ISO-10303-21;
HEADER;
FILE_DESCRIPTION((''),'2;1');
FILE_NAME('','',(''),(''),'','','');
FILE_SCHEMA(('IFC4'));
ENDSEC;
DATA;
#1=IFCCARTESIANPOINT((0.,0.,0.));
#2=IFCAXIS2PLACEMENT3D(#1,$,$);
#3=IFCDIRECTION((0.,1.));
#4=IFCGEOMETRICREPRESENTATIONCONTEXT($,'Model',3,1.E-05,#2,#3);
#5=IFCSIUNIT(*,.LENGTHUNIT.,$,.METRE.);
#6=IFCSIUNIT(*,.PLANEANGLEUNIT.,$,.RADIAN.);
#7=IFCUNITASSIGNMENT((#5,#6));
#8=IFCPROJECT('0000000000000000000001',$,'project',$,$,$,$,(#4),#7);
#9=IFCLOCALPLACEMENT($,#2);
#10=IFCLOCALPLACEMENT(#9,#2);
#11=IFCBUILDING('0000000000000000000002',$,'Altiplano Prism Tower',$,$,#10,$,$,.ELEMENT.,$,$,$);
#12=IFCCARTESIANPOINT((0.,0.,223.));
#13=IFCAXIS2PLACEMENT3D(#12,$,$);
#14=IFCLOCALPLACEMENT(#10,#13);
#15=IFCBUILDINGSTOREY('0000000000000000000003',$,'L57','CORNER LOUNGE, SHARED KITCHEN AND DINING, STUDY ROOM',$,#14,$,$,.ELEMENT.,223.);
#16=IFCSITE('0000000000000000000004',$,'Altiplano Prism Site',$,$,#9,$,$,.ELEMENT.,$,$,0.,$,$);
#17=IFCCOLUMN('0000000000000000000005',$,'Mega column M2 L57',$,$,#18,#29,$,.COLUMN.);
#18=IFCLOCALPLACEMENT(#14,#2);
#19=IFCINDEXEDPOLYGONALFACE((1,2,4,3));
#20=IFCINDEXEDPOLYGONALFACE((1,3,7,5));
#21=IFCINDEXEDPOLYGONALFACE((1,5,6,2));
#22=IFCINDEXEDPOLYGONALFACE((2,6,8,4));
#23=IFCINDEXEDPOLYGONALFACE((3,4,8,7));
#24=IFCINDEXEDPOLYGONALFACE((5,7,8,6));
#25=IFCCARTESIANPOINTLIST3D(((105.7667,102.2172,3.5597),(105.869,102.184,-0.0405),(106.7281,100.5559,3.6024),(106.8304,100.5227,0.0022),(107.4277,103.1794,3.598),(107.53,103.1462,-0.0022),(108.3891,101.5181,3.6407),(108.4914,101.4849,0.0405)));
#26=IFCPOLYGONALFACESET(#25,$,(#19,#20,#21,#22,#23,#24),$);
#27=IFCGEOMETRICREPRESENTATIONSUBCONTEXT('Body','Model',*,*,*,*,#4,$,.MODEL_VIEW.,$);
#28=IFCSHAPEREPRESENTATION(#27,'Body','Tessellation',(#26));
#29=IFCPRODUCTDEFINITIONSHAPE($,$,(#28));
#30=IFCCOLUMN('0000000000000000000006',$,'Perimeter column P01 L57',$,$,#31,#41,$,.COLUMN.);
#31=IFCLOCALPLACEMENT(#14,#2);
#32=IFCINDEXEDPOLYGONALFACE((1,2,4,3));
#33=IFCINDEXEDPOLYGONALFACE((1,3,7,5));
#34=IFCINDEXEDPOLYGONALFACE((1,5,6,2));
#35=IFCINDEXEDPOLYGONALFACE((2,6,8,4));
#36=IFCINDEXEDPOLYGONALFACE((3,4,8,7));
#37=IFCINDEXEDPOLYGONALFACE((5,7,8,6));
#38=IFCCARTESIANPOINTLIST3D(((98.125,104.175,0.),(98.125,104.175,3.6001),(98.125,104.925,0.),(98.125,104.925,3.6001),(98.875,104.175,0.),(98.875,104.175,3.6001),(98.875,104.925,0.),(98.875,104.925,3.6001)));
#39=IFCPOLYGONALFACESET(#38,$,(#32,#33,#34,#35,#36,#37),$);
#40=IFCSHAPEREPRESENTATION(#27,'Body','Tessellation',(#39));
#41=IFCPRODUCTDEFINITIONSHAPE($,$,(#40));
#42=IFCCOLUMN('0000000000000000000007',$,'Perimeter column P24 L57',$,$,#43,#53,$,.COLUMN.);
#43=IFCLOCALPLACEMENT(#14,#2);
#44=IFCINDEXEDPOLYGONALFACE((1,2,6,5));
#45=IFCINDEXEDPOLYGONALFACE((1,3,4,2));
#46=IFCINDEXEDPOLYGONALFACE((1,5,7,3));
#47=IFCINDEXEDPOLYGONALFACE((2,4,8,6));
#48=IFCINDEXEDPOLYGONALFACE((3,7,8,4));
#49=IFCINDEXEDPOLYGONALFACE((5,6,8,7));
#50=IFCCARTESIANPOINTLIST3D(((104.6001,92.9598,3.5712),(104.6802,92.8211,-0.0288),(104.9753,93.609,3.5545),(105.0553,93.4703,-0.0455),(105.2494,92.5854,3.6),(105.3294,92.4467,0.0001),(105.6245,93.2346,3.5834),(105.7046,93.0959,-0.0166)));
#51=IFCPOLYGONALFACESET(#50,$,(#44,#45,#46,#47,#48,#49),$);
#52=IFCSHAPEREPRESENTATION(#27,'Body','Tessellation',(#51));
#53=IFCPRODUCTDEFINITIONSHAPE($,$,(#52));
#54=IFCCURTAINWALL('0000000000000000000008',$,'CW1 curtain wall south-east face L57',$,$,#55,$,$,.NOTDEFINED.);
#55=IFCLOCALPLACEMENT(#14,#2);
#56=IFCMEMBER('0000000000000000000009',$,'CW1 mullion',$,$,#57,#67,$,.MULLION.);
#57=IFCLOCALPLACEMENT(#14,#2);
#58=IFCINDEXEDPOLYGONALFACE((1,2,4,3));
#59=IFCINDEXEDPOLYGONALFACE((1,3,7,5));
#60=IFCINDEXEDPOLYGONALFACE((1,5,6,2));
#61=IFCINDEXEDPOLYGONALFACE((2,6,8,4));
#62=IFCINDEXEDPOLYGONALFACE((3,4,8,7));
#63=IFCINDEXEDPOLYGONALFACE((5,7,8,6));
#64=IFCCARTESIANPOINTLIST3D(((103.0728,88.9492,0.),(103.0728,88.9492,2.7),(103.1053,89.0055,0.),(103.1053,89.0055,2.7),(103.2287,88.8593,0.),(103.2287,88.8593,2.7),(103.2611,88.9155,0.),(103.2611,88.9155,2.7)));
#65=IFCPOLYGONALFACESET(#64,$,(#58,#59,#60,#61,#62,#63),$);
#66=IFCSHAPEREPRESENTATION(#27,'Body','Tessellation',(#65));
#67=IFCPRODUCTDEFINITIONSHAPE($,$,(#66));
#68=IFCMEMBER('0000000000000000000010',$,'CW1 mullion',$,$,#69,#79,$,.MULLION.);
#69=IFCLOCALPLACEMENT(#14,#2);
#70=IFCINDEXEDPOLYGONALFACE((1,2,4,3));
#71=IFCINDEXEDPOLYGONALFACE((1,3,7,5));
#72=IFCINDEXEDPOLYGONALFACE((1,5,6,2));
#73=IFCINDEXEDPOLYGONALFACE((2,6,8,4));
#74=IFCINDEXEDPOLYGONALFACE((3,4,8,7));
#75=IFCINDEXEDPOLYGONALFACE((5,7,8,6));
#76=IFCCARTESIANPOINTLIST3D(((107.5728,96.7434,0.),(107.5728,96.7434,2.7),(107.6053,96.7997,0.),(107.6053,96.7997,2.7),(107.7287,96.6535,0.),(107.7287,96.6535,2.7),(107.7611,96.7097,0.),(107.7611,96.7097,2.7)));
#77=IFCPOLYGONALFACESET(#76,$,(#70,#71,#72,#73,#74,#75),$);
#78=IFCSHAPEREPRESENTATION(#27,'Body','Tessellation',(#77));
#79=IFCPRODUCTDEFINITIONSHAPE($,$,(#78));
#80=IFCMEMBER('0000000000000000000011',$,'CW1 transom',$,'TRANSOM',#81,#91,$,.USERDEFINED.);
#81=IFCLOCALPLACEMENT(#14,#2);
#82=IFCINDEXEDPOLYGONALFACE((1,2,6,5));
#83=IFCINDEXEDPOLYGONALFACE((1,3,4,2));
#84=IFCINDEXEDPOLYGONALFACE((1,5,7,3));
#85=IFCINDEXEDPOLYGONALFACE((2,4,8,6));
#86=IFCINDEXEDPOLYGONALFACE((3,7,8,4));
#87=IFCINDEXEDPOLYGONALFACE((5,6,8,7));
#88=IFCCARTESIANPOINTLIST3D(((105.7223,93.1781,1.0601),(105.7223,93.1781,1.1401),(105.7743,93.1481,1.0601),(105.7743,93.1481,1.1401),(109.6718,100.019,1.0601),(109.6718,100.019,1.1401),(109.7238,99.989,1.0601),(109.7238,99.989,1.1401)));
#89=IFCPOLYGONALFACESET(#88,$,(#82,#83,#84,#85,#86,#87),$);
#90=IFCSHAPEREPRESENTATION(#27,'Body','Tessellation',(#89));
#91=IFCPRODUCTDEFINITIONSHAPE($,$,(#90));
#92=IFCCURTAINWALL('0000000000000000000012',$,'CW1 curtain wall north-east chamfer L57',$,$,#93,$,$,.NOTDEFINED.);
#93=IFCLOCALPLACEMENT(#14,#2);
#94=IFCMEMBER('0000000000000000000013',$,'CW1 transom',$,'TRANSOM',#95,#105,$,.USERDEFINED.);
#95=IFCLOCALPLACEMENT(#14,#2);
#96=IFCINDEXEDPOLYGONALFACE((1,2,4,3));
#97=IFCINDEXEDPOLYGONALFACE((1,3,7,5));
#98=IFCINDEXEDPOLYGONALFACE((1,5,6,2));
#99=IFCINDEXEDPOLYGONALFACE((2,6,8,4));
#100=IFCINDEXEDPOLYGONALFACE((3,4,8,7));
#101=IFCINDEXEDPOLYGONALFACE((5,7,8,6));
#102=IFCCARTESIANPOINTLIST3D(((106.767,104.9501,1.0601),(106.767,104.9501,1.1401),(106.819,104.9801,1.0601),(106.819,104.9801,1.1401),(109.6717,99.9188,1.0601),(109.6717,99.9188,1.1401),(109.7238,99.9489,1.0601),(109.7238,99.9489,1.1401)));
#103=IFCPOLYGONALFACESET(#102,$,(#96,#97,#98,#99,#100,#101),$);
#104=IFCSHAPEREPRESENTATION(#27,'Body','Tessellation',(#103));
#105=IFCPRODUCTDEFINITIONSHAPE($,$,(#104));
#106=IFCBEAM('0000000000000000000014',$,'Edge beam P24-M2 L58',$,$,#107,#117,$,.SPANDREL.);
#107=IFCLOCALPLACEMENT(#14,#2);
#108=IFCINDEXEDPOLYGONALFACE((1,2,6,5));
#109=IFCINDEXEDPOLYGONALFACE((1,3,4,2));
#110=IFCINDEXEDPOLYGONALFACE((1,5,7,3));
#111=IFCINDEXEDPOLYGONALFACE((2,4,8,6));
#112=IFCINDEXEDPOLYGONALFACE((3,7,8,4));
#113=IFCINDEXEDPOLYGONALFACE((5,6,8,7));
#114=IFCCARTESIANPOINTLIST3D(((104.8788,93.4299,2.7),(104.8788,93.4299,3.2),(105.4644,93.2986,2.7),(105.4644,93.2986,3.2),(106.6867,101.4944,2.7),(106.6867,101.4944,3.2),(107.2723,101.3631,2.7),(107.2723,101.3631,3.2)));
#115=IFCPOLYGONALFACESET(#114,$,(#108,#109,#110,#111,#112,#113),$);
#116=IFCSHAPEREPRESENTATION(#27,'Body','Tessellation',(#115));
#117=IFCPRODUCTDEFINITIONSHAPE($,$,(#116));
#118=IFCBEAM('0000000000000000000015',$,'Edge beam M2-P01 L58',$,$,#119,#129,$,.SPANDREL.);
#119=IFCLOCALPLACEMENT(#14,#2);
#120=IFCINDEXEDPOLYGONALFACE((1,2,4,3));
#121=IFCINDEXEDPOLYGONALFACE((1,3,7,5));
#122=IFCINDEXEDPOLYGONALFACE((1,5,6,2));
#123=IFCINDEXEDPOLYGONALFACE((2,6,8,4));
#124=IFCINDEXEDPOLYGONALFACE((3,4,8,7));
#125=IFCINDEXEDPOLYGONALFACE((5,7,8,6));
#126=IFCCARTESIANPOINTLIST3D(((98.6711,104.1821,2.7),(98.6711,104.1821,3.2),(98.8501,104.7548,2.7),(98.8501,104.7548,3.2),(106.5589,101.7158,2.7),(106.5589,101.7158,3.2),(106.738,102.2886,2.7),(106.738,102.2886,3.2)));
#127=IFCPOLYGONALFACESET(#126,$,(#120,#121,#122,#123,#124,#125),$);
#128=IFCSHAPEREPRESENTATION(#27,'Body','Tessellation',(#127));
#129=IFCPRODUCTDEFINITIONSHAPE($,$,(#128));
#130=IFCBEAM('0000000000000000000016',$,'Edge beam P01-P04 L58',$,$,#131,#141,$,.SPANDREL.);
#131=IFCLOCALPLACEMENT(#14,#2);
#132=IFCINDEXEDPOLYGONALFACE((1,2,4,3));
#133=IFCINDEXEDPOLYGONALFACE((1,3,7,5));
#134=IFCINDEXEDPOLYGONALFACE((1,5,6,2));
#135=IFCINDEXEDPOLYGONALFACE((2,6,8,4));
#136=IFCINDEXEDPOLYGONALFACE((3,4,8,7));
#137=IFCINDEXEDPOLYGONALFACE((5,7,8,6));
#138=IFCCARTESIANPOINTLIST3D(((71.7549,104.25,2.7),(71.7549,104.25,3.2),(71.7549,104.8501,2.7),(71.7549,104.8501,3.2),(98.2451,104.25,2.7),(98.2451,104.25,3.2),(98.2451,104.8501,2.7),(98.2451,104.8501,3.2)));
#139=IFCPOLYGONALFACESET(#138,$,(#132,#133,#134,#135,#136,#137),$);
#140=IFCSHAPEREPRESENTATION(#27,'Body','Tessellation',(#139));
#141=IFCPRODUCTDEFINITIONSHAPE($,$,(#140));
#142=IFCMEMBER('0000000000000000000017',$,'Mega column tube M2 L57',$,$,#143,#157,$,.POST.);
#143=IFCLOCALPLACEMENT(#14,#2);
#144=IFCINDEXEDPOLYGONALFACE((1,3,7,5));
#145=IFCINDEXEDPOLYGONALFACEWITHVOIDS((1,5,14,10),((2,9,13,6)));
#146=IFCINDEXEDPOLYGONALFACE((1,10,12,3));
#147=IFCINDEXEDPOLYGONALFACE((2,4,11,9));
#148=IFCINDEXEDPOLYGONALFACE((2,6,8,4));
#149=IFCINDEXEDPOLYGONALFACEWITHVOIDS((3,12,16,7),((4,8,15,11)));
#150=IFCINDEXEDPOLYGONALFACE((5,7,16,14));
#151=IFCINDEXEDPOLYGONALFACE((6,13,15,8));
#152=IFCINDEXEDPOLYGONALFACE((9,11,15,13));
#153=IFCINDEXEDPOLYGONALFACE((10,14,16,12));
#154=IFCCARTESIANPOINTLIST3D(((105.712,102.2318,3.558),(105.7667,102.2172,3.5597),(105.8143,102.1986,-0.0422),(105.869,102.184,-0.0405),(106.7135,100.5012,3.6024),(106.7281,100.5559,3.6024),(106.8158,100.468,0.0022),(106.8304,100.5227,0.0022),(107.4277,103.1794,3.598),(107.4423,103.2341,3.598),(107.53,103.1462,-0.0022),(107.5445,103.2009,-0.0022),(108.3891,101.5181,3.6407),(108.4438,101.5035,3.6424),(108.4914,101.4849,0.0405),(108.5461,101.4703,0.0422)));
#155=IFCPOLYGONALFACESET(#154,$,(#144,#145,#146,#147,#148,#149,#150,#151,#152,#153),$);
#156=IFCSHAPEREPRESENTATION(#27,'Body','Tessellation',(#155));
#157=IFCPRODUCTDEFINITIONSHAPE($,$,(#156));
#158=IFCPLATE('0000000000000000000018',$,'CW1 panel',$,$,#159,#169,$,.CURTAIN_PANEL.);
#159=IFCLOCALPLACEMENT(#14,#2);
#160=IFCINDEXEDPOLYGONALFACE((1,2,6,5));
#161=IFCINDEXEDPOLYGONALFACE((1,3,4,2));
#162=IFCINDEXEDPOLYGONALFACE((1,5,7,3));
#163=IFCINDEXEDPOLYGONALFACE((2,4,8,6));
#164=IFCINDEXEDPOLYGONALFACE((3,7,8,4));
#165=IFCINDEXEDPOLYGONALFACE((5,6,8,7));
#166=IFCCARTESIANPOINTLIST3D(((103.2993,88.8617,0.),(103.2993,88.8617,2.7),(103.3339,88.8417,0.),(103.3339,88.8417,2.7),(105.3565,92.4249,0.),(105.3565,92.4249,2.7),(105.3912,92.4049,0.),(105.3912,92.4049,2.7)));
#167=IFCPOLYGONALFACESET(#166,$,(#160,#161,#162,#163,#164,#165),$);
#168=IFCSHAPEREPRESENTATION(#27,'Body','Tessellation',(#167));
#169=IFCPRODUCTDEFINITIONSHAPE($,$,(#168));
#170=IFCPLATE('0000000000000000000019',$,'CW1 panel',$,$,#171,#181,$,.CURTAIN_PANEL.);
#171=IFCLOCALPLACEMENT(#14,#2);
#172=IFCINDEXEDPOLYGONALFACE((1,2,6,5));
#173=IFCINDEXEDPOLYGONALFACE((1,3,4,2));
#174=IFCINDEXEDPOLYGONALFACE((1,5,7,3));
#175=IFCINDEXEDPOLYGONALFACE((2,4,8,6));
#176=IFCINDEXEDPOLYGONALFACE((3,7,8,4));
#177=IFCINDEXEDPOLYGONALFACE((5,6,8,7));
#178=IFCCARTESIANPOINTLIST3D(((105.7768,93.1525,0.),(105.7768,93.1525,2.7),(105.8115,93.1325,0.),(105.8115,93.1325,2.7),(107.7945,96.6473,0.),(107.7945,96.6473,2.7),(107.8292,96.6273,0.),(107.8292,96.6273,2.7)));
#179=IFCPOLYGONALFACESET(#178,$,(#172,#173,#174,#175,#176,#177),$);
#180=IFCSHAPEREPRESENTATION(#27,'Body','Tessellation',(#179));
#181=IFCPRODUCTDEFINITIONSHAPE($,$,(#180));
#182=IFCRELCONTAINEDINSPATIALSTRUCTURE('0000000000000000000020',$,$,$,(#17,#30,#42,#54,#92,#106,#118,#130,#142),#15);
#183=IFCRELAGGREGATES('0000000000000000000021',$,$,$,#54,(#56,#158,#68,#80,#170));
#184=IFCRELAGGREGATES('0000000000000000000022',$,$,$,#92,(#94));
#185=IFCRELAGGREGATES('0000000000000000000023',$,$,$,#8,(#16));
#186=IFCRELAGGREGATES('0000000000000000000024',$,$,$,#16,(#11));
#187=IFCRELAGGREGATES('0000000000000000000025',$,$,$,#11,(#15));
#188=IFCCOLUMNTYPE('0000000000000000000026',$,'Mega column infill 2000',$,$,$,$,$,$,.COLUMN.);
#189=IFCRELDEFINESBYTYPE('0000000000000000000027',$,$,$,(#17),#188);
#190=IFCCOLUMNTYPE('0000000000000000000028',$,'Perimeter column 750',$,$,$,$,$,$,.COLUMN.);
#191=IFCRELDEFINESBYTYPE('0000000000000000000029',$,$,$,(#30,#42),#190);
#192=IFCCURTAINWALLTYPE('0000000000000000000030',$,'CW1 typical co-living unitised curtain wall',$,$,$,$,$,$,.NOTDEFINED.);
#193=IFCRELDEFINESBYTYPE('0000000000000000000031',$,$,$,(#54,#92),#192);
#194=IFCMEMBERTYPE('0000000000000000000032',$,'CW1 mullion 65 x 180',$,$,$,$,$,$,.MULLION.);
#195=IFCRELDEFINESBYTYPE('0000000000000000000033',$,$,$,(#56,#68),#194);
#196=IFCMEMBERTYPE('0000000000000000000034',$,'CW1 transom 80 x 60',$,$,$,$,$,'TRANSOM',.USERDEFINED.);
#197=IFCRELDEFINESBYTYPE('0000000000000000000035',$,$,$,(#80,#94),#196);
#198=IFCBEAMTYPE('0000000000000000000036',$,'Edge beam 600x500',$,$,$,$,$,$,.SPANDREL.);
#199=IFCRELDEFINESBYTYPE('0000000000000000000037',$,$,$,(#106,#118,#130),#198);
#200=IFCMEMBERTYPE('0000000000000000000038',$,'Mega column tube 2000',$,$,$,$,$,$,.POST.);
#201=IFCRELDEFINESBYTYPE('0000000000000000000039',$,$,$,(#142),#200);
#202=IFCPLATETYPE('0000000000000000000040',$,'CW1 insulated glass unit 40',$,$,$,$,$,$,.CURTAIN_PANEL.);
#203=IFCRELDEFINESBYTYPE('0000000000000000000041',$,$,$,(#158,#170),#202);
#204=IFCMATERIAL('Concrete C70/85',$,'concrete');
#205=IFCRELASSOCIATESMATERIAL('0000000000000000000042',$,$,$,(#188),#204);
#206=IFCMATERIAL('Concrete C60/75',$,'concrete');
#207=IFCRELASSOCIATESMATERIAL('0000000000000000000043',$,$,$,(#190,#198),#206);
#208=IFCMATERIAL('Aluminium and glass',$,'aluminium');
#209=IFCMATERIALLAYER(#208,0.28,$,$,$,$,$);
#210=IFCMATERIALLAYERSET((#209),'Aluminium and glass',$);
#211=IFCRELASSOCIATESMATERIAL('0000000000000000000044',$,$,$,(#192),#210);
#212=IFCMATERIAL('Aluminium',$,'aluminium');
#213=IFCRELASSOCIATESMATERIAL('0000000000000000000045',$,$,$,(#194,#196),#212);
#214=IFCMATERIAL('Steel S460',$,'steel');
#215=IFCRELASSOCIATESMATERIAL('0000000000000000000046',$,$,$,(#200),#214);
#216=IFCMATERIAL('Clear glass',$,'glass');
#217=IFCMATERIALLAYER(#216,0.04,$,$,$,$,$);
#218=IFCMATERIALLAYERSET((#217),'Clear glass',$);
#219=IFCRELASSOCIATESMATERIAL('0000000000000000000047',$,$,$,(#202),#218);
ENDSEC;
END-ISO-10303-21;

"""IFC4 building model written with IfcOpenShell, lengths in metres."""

from ifc_helpers import new_model, si_unit, direction, frame, origin, origin_2d, place, context, subcontext, project, spatial, rectangle, hollow_rectangle, extrude, material, layer, layer_set, material_profile, profile_set, type_object, element, aggregate, save


model = new_model("IFC4")

# Units and contexts
model_context = context("Model", 3, precision=1e-05, world=origin(), true_north=direction((0.0, 1.0)))
body_context = subcontext(model_context, "Body", "Model", "MODEL_VIEW")
ifc_project = project(units=[si_unit("LENGTHUNIT", "METRE"), si_unit("PLANEANGLEUNIT", "RADIAN")], contexts=[model_context])

# Site, building, storey
site_placement = place(None, origin())
site = spatial("IfcSite", under=ifc_project, at=site_placement, Name="Altiplano Prism Site", CompositionType="ELEMENT", RefElevation=0.0)
building_placement = place(site_placement, origin())
building = spatial("IfcBuilding", under=site, at=building_placement, Name="Altiplano Prism Tower", CompositionType="ELEMENT")
storey_placement = place(building_placement, frame((0.0, 0.0, 223.0)))
storey = spatial("IfcBuildingStorey", under=building, at=storey_placement, Name="L57", Description="CORNER LOUNGE, SHARED KITCHEN AND DINING, STUDY ROOM", CompositionType="ELEMENT", Elevation=223.0)

# Columns
ifc_material_1 = material(Name="Concrete C70/85", Category="concrete")
ifc_material_profile_1 = material_profile(ifc_material_1, rectangle(XDim=1.9199, YDim=1.9199, at=origin_2d()), Name="Mega column infill 2000")
ifc_profile_set_1 = profile_set([ifc_material_profile_1], Name="Concrete C70/85")
column_type_1 = type_object("IfcColumnType", Name="Mega column infill 2000", PredefinedType="COLUMN", material=ifc_profile_set_1)
column_1_placement = place(storey_placement, frame((107.1802, 101.8345, 0.0), z_axis=(-0.028402, 0.009219, 0.999554), x_axis=(0.500752, -0.865306, 0.022209)))
element("IfcColumn", 1, at=column_1_placement, inside=storey, type_object=column_type_1, Name="Mega column M2 L57", PredefinedType="COLUMN", context=body_context, shape_type="SweptSolid", body=[
    extrude(rectangle(XDim=1.9199, YDim=1.9199, at=origin_2d()), origin(), (0.0, 0.0, 1.0), 3.6018),
])
ifc_material_2 = material(Name="Concrete C60/75", Category="concrete")
ifc_material_profile_2 = material_profile(ifc_material_2, rectangle(XDim=0.75, YDim=0.75, at=origin_2d()), Name="Perimeter column 750")
ifc_profile_set_2 = profile_set([ifc_material_profile_2], Name="Concrete C60/75")
column_type_2 = type_object("IfcColumnType", Name="Perimeter column 750", PredefinedType="COLUMN", material=ifc_profile_set_2)
column_2_placement = place(storey_placement, frame((98.5, 104.55, 0.0), z_axis=(0.0, 0.0, 1.0), x_axis=(1.0, 0.0, 0.0)))
element("IfcColumn", 2, at=column_2_placement, inside=storey, type_object=column_type_2, Name="Perimeter column P01 L57", PredefinedType="COLUMN", context=body_context, shape_type="SweptSolid", body=[
    extrude(rectangle(XDim=0.75, YDim=0.75, at=origin_2d()), origin(), (0.0, 0.0, 1.0), 3.6001),
])
column_3_placement = place(storey_placement, frame((105.1924, 92.9585, -0.0227), z_axis=(-0.022223, 0.038483, 0.999012), x_axis=(-0.500173, -0.865641, 0.02222)))
element("IfcColumn", 3, at=column_3_placement, inside=storey, type_object=column_type_2, Name="Perimeter column P24 L57", PredefinedType="COLUMN", context=body_context, shape_type="SweptSolid", body=[
    extrude(rectangle(XDim=0.75, YDim=0.75, at=origin_2d()), origin(), (0.0, 0.0, 1.0), 3.6035),
])

# Curtain wall, members
ifc_material_3 = material(Name="Aluminium and glass", Category="aluminium")
ifc_layer_1 = layer(ifc_material_3, 0.28)
ifc_layer_set_1 = layer_set([ifc_layer_1], Name="Aluminium and glass")
curtain_wall_type = type_object("IfcCurtainWallType", Name="CW1 typical co-living unitised curtain wall", PredefinedType="NOTDEFINED", material=ifc_layer_set_1)
curtain_wall_1_placement = place(storey_placement, origin())
curtain_wall_1 = element("IfcCurtainWall", 4, at=curtain_wall_1_placement, inside=storey, type_object=curtain_wall_type, Name="CW1 curtain wall south-east face L57", PredefinedType="NOTDEFINED")
ifc_material_4 = material(Name="Aluminium", Category="aluminium")
ifc_material_profile_3 = material_profile(ifc_material_4, rectangle(XDim=0.1799, YDim=0.0649, at=origin_2d()), Name="CW1 mullion 65 x 180")
ifc_profile_set_3 = profile_set([ifc_material_profile_3], Name="Aluminium")
member_type_1 = type_object("IfcMemberType", Name="CW1 mullion 65 x 180", PredefinedType="MULLION", material=ifc_profile_set_3)
member_1_placement = place(storey_placement, frame((103.167, 88.9324, 0.0), z_axis=(0.0, 0.0, 1.0), x_axis=(-0.866025, 0.5, 0.0)))
member_1 = element("IfcMember", 5, at=member_1_placement, type_object=member_type_1, Name="CW1 mullion", PredefinedType="MULLION", context=body_context, shape_type="SweptSolid", body=[
    extrude(rectangle(XDim=0.1799, YDim=0.0649, at=origin_2d()), origin(), (0.0, 0.0, 1.0), 2.7),
])
member_2_placement = place(storey_placement, frame((107.667, 96.7266, 0.0), z_axis=(0.0, 0.0, 1.0), x_axis=(-0.866025, 0.5, 0.0)))
member_2 = element("IfcMember", 6, at=member_2_placement, type_object=member_type_1, Name="CW1 mullion", PredefinedType="MULLION", context=body_context, shape_type="SweptSolid", body=[
    extrude(rectangle(XDim=0.1799, YDim=0.0649, at=origin_2d()), origin(), (0.0, 0.0, 1.0), 2.7),
])
ifc_material_profile_4 = material_profile(ifc_material_4, rectangle(XDim=0.0601, YDim=0.0801, at=origin_2d()), Name="CW1 transom 80 x 60")
ifc_profile_set_4 = profile_set([ifc_material_profile_4], Name="Aluminium")
member_type_2 = type_object("IfcMemberType", Name="CW1 transom 80 x 60", ElementType="TRANSOM", PredefinedType="USERDEFINED", material=ifc_profile_set_4)
member_3_placement = place(storey_placement, frame((105.7483, 93.1631, 1.1001), z_axis=(0.499992, 0.86603, 0.0), x_axis=(-0.86603, 0.499992, 0.0)))
member_3 = element("IfcMember", 7, at=member_3_placement, type_object=member_type_2, Name="CW1 transom", ObjectType="TRANSOM", PredefinedType="USERDEFINED", context=body_context, shape_type="SweptSolid", body=[
    extrude(rectangle(XDim=0.0601, YDim=0.0801, at=origin_2d()), origin(), (0.0, 0.0, 1.0), 7.8992),
])

# Curtain wall, member
curtain_wall_2_placement = place(storey_placement, origin())
curtain_wall_2 = element("IfcCurtainWall", 8, at=curtain_wall_2_placement, inside=storey, type_object=curtain_wall_type, Name="CW1 curtain wall north-east chamfer L57", PredefinedType="NOTDEFINED")
member_4_placement = place(storey_placement, frame((109.6978, 99.9338, 1.1001), z_axis=(-0.499999, 0.866026, 0.0), x_axis=(-0.866026, -0.499999, 0.0)))
member_4 = element("IfcMember", 9, at=member_4_placement, type_object=member_type_2, Name="CW1 transom", ObjectType="TRANSOM", PredefinedType="USERDEFINED", context=body_context, shape_type="SweptSolid", body=[
    extrude(rectangle(XDim=0.0601, YDim=0.0801, at=origin_2d()), origin(), (0.0, 0.0, 1.0), 5.8096),
])

# Beams
ifc_material_profile_5 = material_profile(ifc_material_2, rectangle(XDim=0.6001, YDim=0.5, at=origin_2d()), Name="Edge beam 600x500")
ifc_profile_set_5 = profile_set([ifc_material_profile_5], Name="Concrete C60/75")
beam_type = type_object("IfcBeamType", Name="Edge beam 600x500", PredefinedType="SPANDREL", material=ifc_profile_set_5)
beam_1_placement = place(storey_placement, frame((105.1716, 93.3643, 2.95), z_axis=(0.218747, 0.975782, 0.0), x_axis=(-0.975782, 0.218747, 0.0)))
element("IfcBeam", 10, at=beam_1_placement, inside=storey, type_object=beam_type, Name="Edge beam P24-M2 L58", PredefinedType="SPANDREL", context=body_context, shape_type="SweptSolid", body=[
    extrude(rectangle(XDim=0.6001, YDim=0.5, at=origin_2d()), origin(), (0.0, 0.0, 1.0), 8.2646),
])
beam_2_placement = place(storey_placement, frame((106.6484, 102.0022, 2.95), z_axis=(-0.954434, 0.298421, 0.0), x_axis=(-0.298421, -0.954434, 0.0)))
element("IfcBeam", 11, at=beam_2_placement, inside=storey, type_object=beam_type, Name="Edge beam M2-P01 L58", PredefinedType="SPANDREL", context=body_context, shape_type="SweptSolid", body=[
    extrude(rectangle(XDim=0.6001, YDim=0.5, at=origin_2d()), origin(), (0.0, 0.0, 1.0), 8.2644),
])
beam_3_placement = place(storey_placement, frame((98.2451, 104.55, 2.95), z_axis=(-1.0, 0.0, 0.0), x_axis=(0.0, -1.0, 0.0)))
element("IfcBeam", 12, at=beam_3_placement, inside=storey, type_object=beam_type, Name="Edge beam P01-P04 L58", PredefinedType="SPANDREL", context=body_context, shape_type="SweptSolid", body=[
    extrude(rectangle(XDim=0.6001, YDim=0.5, at=origin_2d()), origin(), (0.0, 0.0, 1.0), 26.4902),
])

# Member
ifc_material_5 = material(Name="Steel S460", Category="steel")
ifc_material_profile_6 = material_profile(ifc_material_5, hollow_rectangle(XDim=2.0, YDim=2.0, WallThickness=0.04, at=origin_2d()), Name="Mega column tube 2000")
ifc_profile_set_6 = profile_set([ifc_material_profile_6], Name="Steel S460")
member_type_3 = type_object("IfcMemberType", Name="Mega column tube 2000", PredefinedType="POST", material=ifc_profile_set_6)
member_5_placement = place(storey_placement, frame((107.1802, 101.8345, 0.0), z_axis=(-0.028402, 0.009219, 0.999554), x_axis=(0.500752, -0.865306, 0.022209)))
element("IfcMember", 13, at=member_5_placement, inside=storey, type_object=member_type_3, Name="Mega column tube M2 L57", PredefinedType="POST", context=body_context, shape_type="SweptSolid", body=[
    extrude(hollow_rectangle(XDim=2.0, YDim=2.0, WallThickness=0.04, at=origin_2d()), origin(), (0.0, 0.0, 1.0), 3.6018),
])

# Plates
ifc_material_6 = material(Name="Clear glass", Category="glass")
ifc_layer_2 = layer(ifc_material_6, 0.04)
ifc_layer_set_2 = layer_set([ifc_layer_2], Name="Clear glass")
plate_type = type_object("IfcPlateType", Name="CW1 insulated glass unit 40", PredefinedType="CURTAIN_PANEL", material=ifc_layer_set_2)
plate_1_placement = place(storey_placement, frame((104.3452, 90.6333, 0.0), z_axis=(0.0, 0.0, 1.0), x_axis=(0.5, 0.866025, 0.0)))
plate_1 = element("IfcPlate", 14, at=plate_1_placement, type_object=plate_type, Name="CW1 panel", PredefinedType="CURTAIN_PANEL", context=body_context, shape_type="SweptSolid", body=[
    extrude(rectangle(XDim=4.1145, YDim=0.04, at=origin_2d()), origin(), (0.0, 0.0, 1.0), 2.7),
])
plate_2_placement = place(storey_placement, frame((106.803, 94.8899, 0.0), z_axis=(0.0, 0.0, 1.0), x_axis=(0.5, 0.866025, 0.0)))
plate_2 = element("IfcPlate", 15, at=plate_2_placement, type_object=plate_type, Name="CW1 panel", PredefinedType="CURTAIN_PANEL", context=body_context, shape_type="SweptSolid", body=[
    extrude(rectangle(XDim=4.0354, YDim=0.04, at=origin_2d()), origin(), (0.0, 0.0, 1.0), 2.7),
])
aggregate(curtain_wall_1, [member_1, plate_1, member_2, member_3, plate_2])
aggregate(curtain_wall_2, [member_4])

save(model, "model.ifc")
